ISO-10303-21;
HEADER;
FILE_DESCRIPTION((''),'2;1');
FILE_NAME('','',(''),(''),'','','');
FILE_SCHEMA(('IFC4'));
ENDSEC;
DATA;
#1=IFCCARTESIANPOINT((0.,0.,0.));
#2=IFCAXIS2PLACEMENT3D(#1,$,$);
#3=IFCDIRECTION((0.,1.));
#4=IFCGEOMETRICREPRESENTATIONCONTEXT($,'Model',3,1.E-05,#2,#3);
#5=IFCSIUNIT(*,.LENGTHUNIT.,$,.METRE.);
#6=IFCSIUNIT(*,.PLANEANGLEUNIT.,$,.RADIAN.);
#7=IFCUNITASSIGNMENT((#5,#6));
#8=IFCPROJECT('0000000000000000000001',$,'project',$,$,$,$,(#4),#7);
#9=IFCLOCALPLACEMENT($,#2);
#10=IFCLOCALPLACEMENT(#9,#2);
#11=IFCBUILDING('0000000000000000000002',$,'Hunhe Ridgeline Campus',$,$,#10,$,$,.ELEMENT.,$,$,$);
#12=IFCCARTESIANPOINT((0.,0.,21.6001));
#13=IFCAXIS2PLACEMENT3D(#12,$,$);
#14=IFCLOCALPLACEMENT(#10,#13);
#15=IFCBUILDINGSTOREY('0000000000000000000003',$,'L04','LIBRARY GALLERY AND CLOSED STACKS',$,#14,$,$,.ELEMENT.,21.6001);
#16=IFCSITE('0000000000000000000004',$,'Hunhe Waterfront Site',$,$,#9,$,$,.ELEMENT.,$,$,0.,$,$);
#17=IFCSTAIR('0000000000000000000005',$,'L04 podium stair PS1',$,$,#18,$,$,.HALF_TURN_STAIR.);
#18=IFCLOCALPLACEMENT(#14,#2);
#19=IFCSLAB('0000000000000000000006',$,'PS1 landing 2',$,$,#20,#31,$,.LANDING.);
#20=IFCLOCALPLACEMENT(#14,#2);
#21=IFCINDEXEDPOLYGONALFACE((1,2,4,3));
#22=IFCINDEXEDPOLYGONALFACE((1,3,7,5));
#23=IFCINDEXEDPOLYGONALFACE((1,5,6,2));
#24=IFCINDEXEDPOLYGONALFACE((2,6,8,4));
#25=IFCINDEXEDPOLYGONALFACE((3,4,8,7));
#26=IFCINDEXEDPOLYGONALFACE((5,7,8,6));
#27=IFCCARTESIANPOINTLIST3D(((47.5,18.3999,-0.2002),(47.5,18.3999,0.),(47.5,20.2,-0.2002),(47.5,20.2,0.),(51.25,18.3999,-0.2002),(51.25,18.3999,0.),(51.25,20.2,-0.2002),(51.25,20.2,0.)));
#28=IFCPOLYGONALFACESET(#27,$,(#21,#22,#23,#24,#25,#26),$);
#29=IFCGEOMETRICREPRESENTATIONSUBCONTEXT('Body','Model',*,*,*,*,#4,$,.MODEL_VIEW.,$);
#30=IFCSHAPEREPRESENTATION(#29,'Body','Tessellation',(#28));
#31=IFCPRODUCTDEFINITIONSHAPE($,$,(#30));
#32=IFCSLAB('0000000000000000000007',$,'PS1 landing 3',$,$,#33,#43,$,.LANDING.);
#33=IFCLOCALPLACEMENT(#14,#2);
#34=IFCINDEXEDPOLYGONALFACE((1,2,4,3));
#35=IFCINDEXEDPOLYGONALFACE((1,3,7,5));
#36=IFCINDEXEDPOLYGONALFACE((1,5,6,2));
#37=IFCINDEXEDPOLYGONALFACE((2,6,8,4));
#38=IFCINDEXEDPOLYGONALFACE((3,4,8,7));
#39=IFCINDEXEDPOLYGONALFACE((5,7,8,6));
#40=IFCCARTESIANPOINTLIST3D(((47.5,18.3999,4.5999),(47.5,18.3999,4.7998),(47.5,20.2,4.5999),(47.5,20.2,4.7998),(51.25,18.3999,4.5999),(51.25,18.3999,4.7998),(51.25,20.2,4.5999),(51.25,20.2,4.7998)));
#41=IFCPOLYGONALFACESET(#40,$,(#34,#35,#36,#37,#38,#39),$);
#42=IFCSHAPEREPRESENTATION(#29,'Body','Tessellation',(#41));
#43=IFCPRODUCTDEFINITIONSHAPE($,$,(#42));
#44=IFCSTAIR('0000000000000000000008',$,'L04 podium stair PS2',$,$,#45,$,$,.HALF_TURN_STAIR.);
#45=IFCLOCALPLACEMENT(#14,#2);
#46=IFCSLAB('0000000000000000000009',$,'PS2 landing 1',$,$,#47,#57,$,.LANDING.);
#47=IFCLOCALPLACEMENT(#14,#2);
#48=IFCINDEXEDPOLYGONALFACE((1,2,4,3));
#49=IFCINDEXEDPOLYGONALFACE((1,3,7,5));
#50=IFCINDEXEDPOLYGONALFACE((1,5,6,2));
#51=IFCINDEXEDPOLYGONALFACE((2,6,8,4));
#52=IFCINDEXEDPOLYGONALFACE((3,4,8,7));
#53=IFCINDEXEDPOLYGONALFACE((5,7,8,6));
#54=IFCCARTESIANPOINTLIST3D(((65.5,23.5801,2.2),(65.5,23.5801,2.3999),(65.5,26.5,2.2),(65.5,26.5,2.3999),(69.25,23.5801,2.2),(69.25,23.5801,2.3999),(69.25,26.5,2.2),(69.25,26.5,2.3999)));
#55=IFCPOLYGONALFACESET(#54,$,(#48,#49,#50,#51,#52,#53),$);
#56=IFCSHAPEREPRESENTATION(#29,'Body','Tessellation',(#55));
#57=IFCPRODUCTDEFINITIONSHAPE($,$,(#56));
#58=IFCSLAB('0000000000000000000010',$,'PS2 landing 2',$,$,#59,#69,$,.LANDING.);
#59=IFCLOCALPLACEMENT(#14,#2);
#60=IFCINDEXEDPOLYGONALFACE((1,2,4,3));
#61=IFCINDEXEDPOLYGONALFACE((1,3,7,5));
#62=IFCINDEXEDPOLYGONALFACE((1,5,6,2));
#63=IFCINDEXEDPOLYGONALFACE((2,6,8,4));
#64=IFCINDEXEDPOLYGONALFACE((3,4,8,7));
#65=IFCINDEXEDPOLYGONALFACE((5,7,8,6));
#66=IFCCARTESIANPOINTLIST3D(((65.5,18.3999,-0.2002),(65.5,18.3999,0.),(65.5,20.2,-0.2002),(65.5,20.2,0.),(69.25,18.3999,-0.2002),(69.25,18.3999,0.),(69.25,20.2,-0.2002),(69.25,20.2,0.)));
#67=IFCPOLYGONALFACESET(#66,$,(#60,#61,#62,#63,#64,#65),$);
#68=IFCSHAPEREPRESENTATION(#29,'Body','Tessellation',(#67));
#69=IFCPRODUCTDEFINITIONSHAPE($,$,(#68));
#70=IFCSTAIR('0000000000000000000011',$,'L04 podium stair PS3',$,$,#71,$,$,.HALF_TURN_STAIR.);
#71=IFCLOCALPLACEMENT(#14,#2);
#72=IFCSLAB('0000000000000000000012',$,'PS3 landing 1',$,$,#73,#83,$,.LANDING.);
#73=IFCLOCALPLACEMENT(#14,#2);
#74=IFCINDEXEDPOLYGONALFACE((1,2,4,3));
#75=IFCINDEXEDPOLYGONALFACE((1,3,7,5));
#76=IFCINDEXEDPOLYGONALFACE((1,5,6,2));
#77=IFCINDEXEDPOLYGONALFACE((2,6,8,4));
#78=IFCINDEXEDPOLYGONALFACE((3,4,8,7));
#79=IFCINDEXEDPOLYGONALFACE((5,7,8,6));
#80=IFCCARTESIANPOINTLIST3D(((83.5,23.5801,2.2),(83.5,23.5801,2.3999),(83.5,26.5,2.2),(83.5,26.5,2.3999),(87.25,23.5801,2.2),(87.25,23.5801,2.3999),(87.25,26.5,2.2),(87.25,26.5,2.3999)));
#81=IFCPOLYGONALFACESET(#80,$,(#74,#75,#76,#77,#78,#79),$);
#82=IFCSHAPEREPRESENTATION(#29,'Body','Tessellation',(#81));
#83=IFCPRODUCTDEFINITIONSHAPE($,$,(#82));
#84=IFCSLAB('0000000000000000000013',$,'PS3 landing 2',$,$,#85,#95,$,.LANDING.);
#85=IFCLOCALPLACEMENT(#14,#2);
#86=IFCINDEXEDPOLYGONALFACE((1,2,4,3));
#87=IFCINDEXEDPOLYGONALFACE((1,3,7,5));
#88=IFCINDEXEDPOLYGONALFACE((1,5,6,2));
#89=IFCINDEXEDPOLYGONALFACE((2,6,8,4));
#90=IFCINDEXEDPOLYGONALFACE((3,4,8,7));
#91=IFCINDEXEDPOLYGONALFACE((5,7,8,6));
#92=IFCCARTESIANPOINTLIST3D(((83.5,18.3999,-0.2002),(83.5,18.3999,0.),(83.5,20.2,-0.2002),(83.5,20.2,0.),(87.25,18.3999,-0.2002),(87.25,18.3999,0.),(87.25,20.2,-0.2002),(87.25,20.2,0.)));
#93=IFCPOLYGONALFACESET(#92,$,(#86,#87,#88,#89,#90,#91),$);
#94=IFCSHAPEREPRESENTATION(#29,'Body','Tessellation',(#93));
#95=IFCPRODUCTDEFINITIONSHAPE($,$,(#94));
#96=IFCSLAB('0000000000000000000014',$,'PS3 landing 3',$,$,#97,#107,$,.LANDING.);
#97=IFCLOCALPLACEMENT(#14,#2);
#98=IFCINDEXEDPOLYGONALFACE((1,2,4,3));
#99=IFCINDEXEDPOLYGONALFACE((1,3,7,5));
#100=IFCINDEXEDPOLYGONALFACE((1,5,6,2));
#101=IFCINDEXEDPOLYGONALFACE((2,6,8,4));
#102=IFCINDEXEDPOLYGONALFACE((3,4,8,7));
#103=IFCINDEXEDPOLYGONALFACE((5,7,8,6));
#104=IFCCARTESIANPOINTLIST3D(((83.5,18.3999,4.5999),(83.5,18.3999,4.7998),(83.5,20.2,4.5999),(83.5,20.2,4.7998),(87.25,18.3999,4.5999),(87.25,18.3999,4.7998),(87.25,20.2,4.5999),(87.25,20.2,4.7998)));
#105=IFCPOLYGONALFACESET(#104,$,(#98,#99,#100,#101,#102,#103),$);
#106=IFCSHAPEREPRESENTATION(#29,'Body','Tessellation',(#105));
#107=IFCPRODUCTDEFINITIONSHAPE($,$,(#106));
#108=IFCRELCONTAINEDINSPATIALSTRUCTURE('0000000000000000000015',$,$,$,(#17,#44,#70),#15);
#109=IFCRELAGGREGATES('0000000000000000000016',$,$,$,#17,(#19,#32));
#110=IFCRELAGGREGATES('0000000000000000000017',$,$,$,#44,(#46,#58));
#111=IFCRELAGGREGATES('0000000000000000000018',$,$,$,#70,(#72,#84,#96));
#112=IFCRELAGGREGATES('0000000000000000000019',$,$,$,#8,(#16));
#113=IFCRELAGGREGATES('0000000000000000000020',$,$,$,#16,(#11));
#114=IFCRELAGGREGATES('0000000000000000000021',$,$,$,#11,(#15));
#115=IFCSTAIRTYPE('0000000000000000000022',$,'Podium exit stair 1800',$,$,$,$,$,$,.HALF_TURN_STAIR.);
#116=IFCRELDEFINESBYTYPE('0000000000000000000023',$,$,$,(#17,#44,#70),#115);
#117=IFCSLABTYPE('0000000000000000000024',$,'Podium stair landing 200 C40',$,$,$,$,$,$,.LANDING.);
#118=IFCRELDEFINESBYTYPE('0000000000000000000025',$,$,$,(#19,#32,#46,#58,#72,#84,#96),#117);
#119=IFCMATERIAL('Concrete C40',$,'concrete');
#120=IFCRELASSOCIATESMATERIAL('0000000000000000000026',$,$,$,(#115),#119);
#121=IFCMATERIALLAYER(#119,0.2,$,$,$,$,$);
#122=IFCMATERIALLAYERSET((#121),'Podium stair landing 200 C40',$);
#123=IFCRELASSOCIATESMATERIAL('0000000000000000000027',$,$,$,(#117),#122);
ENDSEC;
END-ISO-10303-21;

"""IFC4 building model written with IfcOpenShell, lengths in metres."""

from ifc_helpers import new_model, si_unit, direction, frame, origin, place, context, subcontext, project, spatial, polyline, outline, extrude, material, layer, layer_set, type_object, element, aggregate, save


model = new_model("IFC4")

# Units and contexts
model_context = context("Model", 3, precision=1e-05, world=origin(), true_north=direction((0.0, 1.0)))
body_context = subcontext(model_context, "Body", "Model", "MODEL_VIEW")
ifc_project = project(units=[si_unit("LENGTHUNIT", "METRE"), si_unit("PLANEANGLEUNIT", "RADIAN")], contexts=[model_context])

# Site, building, storey
site_placement = place(None, origin())
site = spatial("IfcSite", under=ifc_project, at=site_placement, Name="Hunhe Waterfront Site", CompositionType="ELEMENT", RefElevation=0.0)
building_placement = place(site_placement, origin())
building = spatial("IfcBuilding", under=site, at=building_placement, Name="Hunhe Ridgeline Campus", CompositionType="ELEMENT")
storey_placement = place(building_placement, frame((0.0, 0.0, 21.6001)))
storey = spatial("IfcBuildingStorey", under=building, at=storey_placement, Name="L04", Description="LIBRARY GALLERY AND CLOSED STACKS", CompositionType="ELEMENT", Elevation=21.6001)

# Shared definitions
ifc_material_1 = material(Name="Concrete C40", Category="concrete")

# Stairs, slabs
stair_type = type_object("IfcStairType", Name="Podium exit stair 1800", PredefinedType="HALF_TURN_STAIR", material=ifc_material_1)
stair_1_placement = place(storey_placement, origin())
stair_1 = element("IfcStair", 1, at=stair_1_placement, inside=storey, type_object=stair_type, Name="L04 podium stair PS1", PredefinedType="HALF_TURN_STAIR")
ifc_layer_1 = layer(ifc_material_1, 0.2)
ifc_layer_set_1 = layer_set([ifc_layer_1], Name="Podium stair landing 200 C40")
slab_type_1 = type_object("IfcSlabType", Name="Podium stair landing 200 C40", PredefinedType="LANDING", material=ifc_layer_set_1)
slab_1_placement = place(storey_placement, frame((0.0, 0.0, -0.2002)))
slab_1 = element("IfcSlab", 2, at=slab_1_placement, type_object=slab_type_1, Name="PS1 landing 2", PredefinedType="LANDING", context=body_context, shape_type="SweptSolid", body=[
    extrude(outline(polyline([(47.5, 18.3999), (51.25, 18.3999), (51.25, 20.2), (47.5, 20.2), (47.5, 18.3999)])), origin(), (0.0, 0.0, 1.0), 0.2002),
])
slab_2_placement = place(storey_placement, frame((0.0, 0.0, 4.5999)))
slab_2 = element("IfcSlab", 3, at=slab_2_placement, type_object=slab_type_1, Name="PS1 landing 3", PredefinedType="LANDING", context=body_context, shape_type="SweptSolid", body=[
    extrude(outline(polyline([(47.5, 18.3999), (51.25, 18.3999), (51.25, 20.2), (47.5, 20.2), (47.5, 18.3999)])), origin(), (0.0, 0.0, 1.0), 0.2),
])
aggregate(stair_1, [slab_1, slab_2])
stair_2_placement = place(storey_placement, origin())
stair_2 = element("IfcStair", 4, at=stair_2_placement, inside=storey, type_object=stair_type, Name="L04 podium stair PS2", PredefinedType="HALF_TURN_STAIR")
slab_3_placement = place(storey_placement, frame((0.0, 0.0, 2.2)))
slab_3 = element("IfcSlab", 5, at=slab_3_placement, type_object=slab_type_1, Name="PS2 landing 1", PredefinedType="LANDING", context=body_context, shape_type="SweptSolid", body=[
    extrude(outline(polyline([(69.25, 23.5801), (69.25, 26.5), (65.5, 26.5), (65.5, 23.5801), (69.25, 23.5801)])), origin(), (0.0, 0.0, 1.0), 0.2),
])
slab_4_placement = place(storey_placement, frame((0.0, 0.0, -0.2002)))
slab_4 = element("IfcSlab", 6, at=slab_4_placement, type_object=slab_type_1, Name="PS2 landing 2", PredefinedType="LANDING", context=body_context, shape_type="SweptSolid", body=[
    extrude(outline(polyline([(65.5, 18.3999), (69.25, 18.3999), (69.25, 20.2), (65.5, 20.2), (65.5, 18.3999)])), origin(), (0.0, 0.0, 1.0), 0.2002),
])
aggregate(stair_2, [slab_3, slab_4])
stair_3_placement = place(storey_placement, origin())
stair_3 = element("IfcStair", 7, at=stair_3_placement, inside=storey, type_object=stair_type, Name="L04 podium stair PS3", PredefinedType="HALF_TURN_STAIR")
slab_5_placement = place(storey_placement, frame((0.0, 0.0, 2.2)))
slab_5 = element("IfcSlab", 8, at=slab_5_placement, type_object=slab_type_1, Name="PS3 landing 1", PredefinedType="LANDING", context=body_context, shape_type="SweptSolid", body=[
    extrude(outline(polyline([(87.25, 23.5801), (87.25, 26.5), (83.5, 26.5), (83.5, 23.5801), (87.25, 23.5801)])), origin(), (0.0, 0.0, 1.0), 0.2),
])
slab_6_placement = place(storey_placement, frame((0.0, 0.0, -0.2002)))
slab_6 = element("IfcSlab", 9, at=slab_6_placement, type_object=slab_type_1, Name="PS3 landing 2", PredefinedType="LANDING", context=body_context, shape_type="SweptSolid", body=[
    extrude(outline(polyline([(83.5, 18.3999), (87.25, 18.3999), (87.25, 20.2), (83.5, 20.2), (83.5, 18.3999)])), origin(), (0.0, 0.0, 1.0), 0.2002),
])
slab_7_placement = place(storey_placement, frame((0.0, 0.0, 4.5999)))
slab_7 = element("IfcSlab", 10, at=slab_7_placement, type_object=slab_type_1, Name="PS3 landing 3", PredefinedType="LANDING", context=body_context, shape_type="SweptSolid", body=[
    extrude(outline(polyline([(83.5, 18.3999), (87.25, 18.3999), (87.25, 20.2), (83.5, 20.2), (83.5, 18.3999)])), origin(), (0.0, 0.0, 1.0), 0.2),
])
aggregate(stair_3, [slab_5, slab_6, slab_7])

save(model, "model.ifc")
